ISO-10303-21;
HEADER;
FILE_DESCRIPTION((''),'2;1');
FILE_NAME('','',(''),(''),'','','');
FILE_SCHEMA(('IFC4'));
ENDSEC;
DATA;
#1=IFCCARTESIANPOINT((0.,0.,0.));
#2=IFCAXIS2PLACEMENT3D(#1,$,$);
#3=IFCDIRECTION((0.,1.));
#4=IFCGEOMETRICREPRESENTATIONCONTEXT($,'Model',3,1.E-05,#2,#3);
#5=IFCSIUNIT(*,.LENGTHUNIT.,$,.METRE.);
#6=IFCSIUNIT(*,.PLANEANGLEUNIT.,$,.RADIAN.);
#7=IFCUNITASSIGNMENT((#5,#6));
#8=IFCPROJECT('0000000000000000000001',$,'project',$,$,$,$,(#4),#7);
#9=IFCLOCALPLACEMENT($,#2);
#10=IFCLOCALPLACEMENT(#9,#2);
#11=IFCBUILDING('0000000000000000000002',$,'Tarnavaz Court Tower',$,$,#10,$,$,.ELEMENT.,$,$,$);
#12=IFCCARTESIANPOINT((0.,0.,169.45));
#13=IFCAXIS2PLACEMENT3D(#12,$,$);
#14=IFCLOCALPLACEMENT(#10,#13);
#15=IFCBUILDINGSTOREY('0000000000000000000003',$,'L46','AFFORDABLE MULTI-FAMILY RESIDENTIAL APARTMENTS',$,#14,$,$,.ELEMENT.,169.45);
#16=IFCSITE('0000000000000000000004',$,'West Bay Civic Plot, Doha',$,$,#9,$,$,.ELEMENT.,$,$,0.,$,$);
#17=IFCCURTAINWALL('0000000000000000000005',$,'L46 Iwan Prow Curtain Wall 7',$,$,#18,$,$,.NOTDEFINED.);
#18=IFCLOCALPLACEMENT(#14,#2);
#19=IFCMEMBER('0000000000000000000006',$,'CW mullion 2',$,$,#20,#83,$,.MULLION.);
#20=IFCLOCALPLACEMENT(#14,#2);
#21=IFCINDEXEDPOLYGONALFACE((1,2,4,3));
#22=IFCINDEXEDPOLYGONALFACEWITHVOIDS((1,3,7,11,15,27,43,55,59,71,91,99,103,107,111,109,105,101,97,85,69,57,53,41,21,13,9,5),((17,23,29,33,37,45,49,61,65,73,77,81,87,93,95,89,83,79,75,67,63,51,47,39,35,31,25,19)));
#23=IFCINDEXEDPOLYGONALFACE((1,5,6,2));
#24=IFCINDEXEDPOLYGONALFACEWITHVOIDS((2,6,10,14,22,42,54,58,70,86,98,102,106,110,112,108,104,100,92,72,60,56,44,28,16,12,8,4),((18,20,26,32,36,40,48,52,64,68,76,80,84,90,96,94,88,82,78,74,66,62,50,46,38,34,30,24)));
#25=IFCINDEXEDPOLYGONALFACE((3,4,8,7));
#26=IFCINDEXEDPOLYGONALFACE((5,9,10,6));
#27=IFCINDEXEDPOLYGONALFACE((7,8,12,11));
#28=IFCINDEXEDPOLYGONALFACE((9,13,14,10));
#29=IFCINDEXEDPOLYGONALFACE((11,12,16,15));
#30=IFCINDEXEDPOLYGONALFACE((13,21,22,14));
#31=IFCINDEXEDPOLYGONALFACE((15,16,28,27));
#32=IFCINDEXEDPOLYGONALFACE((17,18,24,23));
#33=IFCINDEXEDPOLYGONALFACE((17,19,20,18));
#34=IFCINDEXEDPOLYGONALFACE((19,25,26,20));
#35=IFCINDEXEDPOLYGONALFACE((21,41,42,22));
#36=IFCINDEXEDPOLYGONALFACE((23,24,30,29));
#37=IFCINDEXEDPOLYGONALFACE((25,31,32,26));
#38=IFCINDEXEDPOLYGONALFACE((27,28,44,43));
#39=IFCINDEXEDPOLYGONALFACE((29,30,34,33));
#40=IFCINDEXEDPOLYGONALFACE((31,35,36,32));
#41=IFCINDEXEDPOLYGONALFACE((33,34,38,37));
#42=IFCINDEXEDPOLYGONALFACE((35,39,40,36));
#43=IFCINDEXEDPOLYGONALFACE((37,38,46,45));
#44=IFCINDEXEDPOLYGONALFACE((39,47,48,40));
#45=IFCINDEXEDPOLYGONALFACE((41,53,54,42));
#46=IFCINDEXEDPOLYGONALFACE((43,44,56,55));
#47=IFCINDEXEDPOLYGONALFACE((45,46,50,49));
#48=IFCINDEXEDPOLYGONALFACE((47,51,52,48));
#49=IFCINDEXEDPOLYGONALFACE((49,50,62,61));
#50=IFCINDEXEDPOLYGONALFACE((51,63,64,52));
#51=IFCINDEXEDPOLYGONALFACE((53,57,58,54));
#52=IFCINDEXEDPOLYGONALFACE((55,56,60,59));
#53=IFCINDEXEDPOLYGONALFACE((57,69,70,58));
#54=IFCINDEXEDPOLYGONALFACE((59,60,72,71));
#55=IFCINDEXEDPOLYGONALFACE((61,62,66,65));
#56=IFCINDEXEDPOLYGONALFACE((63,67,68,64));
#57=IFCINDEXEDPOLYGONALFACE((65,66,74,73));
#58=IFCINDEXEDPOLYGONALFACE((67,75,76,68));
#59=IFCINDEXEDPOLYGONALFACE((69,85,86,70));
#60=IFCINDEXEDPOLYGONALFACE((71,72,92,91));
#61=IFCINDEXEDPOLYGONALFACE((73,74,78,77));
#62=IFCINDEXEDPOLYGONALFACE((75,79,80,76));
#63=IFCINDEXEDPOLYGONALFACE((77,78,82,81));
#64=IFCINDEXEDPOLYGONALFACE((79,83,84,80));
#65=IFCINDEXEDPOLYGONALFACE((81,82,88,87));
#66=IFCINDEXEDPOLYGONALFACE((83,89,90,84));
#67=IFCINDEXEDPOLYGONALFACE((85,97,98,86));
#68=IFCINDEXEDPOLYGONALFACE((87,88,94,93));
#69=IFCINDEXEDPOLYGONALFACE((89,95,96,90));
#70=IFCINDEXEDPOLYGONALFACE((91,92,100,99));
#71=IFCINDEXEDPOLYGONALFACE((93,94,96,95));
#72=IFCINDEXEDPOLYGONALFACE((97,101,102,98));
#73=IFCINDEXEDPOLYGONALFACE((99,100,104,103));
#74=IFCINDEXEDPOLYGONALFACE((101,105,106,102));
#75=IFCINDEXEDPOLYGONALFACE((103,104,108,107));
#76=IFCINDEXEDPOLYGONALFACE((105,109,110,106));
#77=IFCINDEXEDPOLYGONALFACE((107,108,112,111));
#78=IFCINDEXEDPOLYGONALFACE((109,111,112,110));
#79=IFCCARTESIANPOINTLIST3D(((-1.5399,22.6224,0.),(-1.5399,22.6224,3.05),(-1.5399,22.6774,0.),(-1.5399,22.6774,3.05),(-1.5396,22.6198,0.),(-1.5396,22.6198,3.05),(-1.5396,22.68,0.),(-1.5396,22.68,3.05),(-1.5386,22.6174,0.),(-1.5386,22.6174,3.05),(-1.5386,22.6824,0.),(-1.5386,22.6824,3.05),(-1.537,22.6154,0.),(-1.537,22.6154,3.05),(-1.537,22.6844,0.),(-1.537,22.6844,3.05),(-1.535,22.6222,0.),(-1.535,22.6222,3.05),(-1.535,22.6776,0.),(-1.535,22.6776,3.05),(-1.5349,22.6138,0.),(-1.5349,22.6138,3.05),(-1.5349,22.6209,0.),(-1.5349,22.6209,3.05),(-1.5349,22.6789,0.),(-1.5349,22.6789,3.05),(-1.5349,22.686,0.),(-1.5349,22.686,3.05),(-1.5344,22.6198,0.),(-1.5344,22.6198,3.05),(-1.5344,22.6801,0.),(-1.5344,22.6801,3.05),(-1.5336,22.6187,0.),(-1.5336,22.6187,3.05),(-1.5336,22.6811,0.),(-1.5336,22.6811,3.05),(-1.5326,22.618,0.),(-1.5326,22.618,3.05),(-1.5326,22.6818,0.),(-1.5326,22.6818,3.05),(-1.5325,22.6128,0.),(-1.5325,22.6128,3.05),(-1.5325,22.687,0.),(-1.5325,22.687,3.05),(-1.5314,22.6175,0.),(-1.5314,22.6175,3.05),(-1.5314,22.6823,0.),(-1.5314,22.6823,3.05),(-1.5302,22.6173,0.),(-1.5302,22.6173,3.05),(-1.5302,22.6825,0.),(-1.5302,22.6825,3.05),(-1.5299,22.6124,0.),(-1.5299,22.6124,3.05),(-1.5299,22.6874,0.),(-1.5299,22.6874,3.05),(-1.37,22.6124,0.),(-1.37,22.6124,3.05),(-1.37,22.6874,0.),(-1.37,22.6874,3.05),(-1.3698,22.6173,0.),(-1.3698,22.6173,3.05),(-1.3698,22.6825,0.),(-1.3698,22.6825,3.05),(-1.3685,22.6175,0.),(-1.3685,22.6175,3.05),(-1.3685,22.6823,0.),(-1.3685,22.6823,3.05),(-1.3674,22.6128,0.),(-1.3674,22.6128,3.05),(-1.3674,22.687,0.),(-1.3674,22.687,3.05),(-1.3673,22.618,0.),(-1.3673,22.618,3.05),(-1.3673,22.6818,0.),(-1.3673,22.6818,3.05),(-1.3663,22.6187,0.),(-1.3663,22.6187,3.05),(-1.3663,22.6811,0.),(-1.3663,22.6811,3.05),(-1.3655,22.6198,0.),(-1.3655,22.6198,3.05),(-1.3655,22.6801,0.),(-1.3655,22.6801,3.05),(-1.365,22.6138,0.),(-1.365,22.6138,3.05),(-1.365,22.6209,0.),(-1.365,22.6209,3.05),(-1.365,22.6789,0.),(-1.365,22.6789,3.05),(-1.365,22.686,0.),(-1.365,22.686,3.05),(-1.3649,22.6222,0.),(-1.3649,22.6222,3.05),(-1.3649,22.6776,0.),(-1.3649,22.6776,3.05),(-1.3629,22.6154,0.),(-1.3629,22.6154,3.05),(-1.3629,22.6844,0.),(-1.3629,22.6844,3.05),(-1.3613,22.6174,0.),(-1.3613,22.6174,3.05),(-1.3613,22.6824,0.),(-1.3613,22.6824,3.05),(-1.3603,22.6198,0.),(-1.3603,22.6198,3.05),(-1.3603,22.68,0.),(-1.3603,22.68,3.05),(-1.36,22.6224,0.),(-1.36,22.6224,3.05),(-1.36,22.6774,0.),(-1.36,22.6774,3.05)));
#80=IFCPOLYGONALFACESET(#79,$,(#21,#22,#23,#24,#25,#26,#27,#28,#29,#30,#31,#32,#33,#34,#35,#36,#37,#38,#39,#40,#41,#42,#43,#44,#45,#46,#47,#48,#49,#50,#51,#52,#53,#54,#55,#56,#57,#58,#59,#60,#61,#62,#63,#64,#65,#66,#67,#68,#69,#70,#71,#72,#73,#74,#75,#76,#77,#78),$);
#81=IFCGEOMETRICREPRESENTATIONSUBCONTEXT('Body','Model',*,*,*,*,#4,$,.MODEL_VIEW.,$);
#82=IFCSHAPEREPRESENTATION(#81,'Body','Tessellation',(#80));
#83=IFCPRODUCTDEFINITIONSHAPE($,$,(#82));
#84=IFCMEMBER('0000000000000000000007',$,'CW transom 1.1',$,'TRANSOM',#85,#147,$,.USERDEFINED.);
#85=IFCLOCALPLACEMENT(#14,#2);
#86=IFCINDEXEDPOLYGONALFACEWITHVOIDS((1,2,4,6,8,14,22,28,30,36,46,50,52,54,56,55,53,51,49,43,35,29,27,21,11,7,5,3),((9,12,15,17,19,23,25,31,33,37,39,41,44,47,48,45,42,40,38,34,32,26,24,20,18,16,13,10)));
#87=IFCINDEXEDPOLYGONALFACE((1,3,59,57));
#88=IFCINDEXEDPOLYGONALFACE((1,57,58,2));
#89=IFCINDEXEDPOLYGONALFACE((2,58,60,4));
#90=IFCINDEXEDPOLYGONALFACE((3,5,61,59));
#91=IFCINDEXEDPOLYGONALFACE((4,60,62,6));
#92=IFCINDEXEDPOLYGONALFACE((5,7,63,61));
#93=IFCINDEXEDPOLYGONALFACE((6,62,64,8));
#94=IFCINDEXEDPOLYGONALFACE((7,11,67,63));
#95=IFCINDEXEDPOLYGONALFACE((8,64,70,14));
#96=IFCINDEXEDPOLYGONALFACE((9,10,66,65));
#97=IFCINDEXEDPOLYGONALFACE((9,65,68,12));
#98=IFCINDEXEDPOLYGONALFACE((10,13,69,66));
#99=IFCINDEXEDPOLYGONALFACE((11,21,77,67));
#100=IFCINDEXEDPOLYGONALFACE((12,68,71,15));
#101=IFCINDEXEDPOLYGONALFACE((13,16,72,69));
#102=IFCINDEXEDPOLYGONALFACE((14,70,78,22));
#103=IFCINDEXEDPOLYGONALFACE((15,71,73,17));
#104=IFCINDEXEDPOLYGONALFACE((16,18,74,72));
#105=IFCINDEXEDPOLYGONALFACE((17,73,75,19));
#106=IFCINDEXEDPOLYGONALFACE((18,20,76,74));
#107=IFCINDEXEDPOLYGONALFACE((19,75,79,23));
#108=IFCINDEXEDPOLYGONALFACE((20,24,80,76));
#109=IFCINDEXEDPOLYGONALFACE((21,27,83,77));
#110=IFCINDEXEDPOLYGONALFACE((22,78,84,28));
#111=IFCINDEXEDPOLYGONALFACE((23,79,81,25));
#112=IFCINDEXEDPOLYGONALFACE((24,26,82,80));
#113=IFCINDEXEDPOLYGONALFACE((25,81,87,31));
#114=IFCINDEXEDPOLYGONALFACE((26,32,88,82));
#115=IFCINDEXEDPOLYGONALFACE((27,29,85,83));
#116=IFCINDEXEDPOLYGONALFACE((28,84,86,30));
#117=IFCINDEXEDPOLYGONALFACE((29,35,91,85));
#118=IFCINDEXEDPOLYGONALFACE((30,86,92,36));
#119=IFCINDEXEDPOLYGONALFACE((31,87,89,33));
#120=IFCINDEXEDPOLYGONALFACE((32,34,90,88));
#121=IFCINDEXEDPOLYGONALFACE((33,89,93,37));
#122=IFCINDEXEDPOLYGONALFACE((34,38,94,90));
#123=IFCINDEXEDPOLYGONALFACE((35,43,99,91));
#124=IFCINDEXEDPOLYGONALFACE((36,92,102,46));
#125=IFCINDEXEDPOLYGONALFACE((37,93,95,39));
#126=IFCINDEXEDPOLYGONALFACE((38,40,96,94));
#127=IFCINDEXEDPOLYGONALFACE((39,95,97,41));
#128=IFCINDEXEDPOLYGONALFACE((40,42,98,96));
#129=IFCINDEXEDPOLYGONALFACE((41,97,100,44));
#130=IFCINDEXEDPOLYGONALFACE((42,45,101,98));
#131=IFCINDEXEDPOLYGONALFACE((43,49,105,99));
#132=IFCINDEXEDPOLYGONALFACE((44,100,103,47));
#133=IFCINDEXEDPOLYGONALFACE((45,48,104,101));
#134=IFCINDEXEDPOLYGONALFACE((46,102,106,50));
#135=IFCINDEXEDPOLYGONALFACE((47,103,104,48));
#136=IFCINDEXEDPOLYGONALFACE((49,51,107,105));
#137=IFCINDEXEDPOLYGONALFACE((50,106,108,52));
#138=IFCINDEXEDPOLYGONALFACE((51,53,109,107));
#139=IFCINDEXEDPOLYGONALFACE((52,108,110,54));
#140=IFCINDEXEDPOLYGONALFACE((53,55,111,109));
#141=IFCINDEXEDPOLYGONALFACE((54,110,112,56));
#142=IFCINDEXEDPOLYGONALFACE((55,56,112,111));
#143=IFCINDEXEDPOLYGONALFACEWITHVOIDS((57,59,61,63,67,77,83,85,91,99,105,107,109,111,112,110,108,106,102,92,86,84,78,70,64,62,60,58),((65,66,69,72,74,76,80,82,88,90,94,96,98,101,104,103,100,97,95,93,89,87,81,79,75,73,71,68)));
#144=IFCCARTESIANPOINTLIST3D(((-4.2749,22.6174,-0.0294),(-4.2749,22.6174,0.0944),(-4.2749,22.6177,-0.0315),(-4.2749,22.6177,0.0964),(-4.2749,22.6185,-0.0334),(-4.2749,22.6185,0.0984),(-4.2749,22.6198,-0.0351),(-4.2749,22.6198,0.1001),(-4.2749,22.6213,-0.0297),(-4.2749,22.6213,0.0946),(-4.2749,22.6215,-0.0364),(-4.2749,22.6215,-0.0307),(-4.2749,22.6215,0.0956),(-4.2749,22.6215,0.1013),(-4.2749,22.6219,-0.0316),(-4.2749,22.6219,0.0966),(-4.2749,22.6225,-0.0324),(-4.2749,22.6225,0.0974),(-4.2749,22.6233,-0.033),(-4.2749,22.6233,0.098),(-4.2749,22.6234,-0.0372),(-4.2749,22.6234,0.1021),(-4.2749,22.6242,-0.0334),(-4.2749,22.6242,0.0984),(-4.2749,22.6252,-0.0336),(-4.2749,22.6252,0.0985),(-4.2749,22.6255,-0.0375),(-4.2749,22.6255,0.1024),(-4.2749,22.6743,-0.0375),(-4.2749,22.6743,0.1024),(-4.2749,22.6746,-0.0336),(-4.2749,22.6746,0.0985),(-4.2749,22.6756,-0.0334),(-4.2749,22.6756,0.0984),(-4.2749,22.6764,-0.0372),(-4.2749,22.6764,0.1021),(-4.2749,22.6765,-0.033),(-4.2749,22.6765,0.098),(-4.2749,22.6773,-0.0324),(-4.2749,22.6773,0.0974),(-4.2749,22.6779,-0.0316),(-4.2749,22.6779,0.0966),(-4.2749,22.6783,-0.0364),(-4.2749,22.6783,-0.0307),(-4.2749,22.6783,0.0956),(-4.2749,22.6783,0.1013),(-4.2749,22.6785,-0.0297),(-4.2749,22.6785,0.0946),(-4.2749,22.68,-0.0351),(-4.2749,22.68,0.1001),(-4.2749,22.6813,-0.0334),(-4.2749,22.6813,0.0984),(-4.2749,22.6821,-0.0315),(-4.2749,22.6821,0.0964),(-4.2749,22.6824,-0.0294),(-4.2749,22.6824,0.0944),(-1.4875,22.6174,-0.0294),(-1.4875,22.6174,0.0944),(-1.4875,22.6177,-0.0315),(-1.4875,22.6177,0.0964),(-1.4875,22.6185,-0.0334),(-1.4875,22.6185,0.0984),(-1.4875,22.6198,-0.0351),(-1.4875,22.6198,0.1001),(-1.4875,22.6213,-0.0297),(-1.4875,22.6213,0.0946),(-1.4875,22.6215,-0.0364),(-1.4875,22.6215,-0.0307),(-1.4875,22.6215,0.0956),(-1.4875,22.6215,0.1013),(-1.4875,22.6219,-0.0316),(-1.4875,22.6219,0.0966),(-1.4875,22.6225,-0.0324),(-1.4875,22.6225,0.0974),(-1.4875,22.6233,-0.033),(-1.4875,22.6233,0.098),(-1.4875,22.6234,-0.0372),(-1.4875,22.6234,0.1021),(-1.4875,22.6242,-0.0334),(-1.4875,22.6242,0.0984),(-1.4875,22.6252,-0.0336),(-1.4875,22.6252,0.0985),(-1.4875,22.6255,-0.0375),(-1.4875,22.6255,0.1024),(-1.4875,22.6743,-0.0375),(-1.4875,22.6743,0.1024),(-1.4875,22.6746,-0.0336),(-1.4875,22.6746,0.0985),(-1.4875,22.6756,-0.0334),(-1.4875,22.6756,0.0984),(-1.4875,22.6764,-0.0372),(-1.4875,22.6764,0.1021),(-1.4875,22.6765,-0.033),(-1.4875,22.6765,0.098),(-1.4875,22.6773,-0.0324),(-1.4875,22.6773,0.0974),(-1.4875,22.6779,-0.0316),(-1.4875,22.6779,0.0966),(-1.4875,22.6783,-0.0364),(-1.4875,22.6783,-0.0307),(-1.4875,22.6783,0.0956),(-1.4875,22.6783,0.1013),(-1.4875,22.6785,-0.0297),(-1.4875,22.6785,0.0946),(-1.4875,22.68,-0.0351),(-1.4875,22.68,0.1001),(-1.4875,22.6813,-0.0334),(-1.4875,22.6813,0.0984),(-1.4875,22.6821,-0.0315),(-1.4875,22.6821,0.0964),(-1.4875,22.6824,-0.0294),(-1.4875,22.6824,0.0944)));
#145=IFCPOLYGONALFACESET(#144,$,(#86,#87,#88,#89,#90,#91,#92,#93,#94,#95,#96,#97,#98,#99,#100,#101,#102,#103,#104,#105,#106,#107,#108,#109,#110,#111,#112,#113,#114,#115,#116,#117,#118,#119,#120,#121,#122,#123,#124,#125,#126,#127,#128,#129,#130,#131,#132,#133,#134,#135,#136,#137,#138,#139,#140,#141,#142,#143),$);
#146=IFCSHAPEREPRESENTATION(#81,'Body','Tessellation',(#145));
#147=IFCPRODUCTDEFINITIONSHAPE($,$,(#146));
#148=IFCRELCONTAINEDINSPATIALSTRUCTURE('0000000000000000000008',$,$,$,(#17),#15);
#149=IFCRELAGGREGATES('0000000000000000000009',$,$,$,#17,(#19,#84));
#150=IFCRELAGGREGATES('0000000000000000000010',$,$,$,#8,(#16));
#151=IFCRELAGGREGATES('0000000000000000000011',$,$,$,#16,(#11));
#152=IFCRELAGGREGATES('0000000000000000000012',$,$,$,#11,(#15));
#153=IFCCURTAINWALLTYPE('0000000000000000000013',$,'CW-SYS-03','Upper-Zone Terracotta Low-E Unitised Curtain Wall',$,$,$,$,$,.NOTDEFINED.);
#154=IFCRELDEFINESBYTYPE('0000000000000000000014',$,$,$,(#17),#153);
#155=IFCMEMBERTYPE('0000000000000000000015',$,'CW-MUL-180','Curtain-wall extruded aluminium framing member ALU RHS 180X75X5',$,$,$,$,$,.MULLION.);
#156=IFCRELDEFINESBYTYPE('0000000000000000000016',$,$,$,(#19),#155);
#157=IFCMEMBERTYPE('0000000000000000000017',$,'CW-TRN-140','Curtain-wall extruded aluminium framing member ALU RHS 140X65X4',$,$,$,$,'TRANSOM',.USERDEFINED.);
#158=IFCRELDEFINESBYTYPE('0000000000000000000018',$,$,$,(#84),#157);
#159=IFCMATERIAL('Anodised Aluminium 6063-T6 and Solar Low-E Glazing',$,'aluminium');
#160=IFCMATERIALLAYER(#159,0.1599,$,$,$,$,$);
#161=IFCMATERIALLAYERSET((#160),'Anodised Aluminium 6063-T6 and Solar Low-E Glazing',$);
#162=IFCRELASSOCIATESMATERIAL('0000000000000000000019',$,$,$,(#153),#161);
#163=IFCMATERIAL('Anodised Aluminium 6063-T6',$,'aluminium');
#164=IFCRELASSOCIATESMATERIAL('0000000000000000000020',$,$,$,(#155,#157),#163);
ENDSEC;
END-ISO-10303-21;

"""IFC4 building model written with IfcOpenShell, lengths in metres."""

from ifc_helpers import new_model, si_unit, direction, frame, origin, origin_2d, place, context, subcontext, project, spatial, hollow_rectangle, extrude, material, layer, layer_set, material_profile, profile_set, type_object, element, aggregate, save


model = new_model("IFC4")

# Units and contexts
model_context = context("Model", 3, precision=1e-05, world=origin(), true_north=direction((0.0, 1.0)))
body_context = subcontext(model_context, "Body", "Model", "MODEL_VIEW")
ifc_project = project(units=[si_unit("LENGTHUNIT", "METRE"), si_unit("PLANEANGLEUNIT", "RADIAN")], contexts=[model_context])

# Site, building, storey
site_placement = place(None, origin())
site = spatial("IfcSite", under=ifc_project, at=site_placement, Name="West Bay Civic Plot, Doha", CompositionType="ELEMENT", RefElevation=0.0)
building_placement = place(site_placement, origin())
building = spatial("IfcBuilding", under=site, at=building_placement, Name="Tarnavaz Court Tower", CompositionType="ELEMENT")
storey_placement = place(building_placement, frame((0.0, 0.0, 169.45)))
storey = spatial("IfcBuildingStorey", under=building, at=storey_placement, Name="L46", Description="AFFORDABLE MULTI-FAMILY RESIDENTIAL APARTMENTS", CompositionType="ELEMENT", Elevation=169.45)

# Curtain wall, members
ifc_material_1 = material(Name="Anodised Aluminium 6063-T6 and Solar Low-E Glazing", Category="aluminium")
ifc_layer_1 = layer(ifc_material_1, 0.1599)
ifc_layer_set_1 = layer_set([ifc_layer_1], Name="Anodised Aluminium 6063-T6 and Solar Low-E Glazing")
curtain_wall_type = type_object("IfcCurtainWallType", Name="CW-SYS-03", Description="Upper-Zone Terracotta Low-E Unitised Curtain Wall", PredefinedType="NOTDEFINED", material=ifc_layer_set_1)
curtain_wall_placement = place(storey_placement, origin())
curtain_wall = element("IfcCurtainWall", 1, at=curtain_wall_placement, inside=storey, type_object=curtain_wall_type, Name="L46 Iwan Prow Curtain Wall 7", PredefinedType="NOTDEFINED")
ifc_material_2 = material(Name="Anodised Aluminium 6063-T6", Category="aluminium")
ifc_material_profile_1 = material_profile(ifc_material_2, hollow_rectangle(XDim=0.075, YDim=0.1799, WallThickness=0.0049, InnerFilletRadius=0.0049, OuterFilletRadius=0.01, at=origin_2d()), Name="ALU RHS 180X75X5")
ifc_profile_set_1 = profile_set([ifc_material_profile_1], Name="Anodised Aluminium 6063-T6")
member_type_1 = type_object("IfcMemberType", Name="CW-MUL-180", Description="Curtain-wall extruded aluminium framing member ALU RHS 180X75X5", PredefinedType="MULLION", material=ifc_profile_set_1)
member_1_placement = place(storey_placement, frame((-1.45, 22.6499, 0.0), z_axis=(0.0, 0.0, 1.0), x_axis=(0.0, 1.0, 0.0)))
member_1 = element("IfcMember", 2, at=member_1_placement, type_object=member_type_1, Name="CW mullion 2", PredefinedType="MULLION", context=body_context, shape_type="SweptSolid", body=[
    extrude(hollow_rectangle(XDim=0.075, YDim=0.1799, WallThickness=0.0049, InnerFilletRadius=0.0049, OuterFilletRadius=0.01, at=origin_2d()), origin(), (0.0, 0.0, 1.0), 3.05),
])
ifc_material_profile_2 = material_profile(ifc_material_2, hollow_rectangle(XDim=0.0649, YDim=0.1399, WallThickness=0.0039, InnerFilletRadius=0.0039, OuterFilletRadius=0.0081, at=origin_2d()), Name="ALU RHS 140X65X4")
ifc_profile_set_2 = profile_set([ifc_material_profile_2], Name="Anodised Aluminium 6063-T6")
member_type_2 = type_object("IfcMemberType", Name="CW-TRN-140", Description="Curtain-wall extruded aluminium framing member ALU RHS 140X65X4", ElementType="TRANSOM", PredefinedType="USERDEFINED", material=ifc_profile_set_2)
member_2_placement = place(storey_placement, frame((-4.2749, 22.6499, 0.0325), z_axis=(1.0, 0.0, 0.0), x_axis=(0.0, 1.0, 0.0)))
member_2 = element("IfcMember", 3, at=member_2_placement, type_object=member_type_2, Name="CW transom 1.1", ObjectType="TRANSOM", PredefinedType="USERDEFINED", context=body_context, shape_type="SweptSolid", body=[
    extrude(hollow_rectangle(XDim=0.0649, YDim=0.1399, WallThickness=0.0039, InnerFilletRadius=0.0039, OuterFilletRadius=0.0081, at=origin_2d()), origin(), (0.0, 0.0, 1.0), 2.7874),
])
aggregate(curtain_wall, [member_1, member_2])

save(model, "model.ifc")
